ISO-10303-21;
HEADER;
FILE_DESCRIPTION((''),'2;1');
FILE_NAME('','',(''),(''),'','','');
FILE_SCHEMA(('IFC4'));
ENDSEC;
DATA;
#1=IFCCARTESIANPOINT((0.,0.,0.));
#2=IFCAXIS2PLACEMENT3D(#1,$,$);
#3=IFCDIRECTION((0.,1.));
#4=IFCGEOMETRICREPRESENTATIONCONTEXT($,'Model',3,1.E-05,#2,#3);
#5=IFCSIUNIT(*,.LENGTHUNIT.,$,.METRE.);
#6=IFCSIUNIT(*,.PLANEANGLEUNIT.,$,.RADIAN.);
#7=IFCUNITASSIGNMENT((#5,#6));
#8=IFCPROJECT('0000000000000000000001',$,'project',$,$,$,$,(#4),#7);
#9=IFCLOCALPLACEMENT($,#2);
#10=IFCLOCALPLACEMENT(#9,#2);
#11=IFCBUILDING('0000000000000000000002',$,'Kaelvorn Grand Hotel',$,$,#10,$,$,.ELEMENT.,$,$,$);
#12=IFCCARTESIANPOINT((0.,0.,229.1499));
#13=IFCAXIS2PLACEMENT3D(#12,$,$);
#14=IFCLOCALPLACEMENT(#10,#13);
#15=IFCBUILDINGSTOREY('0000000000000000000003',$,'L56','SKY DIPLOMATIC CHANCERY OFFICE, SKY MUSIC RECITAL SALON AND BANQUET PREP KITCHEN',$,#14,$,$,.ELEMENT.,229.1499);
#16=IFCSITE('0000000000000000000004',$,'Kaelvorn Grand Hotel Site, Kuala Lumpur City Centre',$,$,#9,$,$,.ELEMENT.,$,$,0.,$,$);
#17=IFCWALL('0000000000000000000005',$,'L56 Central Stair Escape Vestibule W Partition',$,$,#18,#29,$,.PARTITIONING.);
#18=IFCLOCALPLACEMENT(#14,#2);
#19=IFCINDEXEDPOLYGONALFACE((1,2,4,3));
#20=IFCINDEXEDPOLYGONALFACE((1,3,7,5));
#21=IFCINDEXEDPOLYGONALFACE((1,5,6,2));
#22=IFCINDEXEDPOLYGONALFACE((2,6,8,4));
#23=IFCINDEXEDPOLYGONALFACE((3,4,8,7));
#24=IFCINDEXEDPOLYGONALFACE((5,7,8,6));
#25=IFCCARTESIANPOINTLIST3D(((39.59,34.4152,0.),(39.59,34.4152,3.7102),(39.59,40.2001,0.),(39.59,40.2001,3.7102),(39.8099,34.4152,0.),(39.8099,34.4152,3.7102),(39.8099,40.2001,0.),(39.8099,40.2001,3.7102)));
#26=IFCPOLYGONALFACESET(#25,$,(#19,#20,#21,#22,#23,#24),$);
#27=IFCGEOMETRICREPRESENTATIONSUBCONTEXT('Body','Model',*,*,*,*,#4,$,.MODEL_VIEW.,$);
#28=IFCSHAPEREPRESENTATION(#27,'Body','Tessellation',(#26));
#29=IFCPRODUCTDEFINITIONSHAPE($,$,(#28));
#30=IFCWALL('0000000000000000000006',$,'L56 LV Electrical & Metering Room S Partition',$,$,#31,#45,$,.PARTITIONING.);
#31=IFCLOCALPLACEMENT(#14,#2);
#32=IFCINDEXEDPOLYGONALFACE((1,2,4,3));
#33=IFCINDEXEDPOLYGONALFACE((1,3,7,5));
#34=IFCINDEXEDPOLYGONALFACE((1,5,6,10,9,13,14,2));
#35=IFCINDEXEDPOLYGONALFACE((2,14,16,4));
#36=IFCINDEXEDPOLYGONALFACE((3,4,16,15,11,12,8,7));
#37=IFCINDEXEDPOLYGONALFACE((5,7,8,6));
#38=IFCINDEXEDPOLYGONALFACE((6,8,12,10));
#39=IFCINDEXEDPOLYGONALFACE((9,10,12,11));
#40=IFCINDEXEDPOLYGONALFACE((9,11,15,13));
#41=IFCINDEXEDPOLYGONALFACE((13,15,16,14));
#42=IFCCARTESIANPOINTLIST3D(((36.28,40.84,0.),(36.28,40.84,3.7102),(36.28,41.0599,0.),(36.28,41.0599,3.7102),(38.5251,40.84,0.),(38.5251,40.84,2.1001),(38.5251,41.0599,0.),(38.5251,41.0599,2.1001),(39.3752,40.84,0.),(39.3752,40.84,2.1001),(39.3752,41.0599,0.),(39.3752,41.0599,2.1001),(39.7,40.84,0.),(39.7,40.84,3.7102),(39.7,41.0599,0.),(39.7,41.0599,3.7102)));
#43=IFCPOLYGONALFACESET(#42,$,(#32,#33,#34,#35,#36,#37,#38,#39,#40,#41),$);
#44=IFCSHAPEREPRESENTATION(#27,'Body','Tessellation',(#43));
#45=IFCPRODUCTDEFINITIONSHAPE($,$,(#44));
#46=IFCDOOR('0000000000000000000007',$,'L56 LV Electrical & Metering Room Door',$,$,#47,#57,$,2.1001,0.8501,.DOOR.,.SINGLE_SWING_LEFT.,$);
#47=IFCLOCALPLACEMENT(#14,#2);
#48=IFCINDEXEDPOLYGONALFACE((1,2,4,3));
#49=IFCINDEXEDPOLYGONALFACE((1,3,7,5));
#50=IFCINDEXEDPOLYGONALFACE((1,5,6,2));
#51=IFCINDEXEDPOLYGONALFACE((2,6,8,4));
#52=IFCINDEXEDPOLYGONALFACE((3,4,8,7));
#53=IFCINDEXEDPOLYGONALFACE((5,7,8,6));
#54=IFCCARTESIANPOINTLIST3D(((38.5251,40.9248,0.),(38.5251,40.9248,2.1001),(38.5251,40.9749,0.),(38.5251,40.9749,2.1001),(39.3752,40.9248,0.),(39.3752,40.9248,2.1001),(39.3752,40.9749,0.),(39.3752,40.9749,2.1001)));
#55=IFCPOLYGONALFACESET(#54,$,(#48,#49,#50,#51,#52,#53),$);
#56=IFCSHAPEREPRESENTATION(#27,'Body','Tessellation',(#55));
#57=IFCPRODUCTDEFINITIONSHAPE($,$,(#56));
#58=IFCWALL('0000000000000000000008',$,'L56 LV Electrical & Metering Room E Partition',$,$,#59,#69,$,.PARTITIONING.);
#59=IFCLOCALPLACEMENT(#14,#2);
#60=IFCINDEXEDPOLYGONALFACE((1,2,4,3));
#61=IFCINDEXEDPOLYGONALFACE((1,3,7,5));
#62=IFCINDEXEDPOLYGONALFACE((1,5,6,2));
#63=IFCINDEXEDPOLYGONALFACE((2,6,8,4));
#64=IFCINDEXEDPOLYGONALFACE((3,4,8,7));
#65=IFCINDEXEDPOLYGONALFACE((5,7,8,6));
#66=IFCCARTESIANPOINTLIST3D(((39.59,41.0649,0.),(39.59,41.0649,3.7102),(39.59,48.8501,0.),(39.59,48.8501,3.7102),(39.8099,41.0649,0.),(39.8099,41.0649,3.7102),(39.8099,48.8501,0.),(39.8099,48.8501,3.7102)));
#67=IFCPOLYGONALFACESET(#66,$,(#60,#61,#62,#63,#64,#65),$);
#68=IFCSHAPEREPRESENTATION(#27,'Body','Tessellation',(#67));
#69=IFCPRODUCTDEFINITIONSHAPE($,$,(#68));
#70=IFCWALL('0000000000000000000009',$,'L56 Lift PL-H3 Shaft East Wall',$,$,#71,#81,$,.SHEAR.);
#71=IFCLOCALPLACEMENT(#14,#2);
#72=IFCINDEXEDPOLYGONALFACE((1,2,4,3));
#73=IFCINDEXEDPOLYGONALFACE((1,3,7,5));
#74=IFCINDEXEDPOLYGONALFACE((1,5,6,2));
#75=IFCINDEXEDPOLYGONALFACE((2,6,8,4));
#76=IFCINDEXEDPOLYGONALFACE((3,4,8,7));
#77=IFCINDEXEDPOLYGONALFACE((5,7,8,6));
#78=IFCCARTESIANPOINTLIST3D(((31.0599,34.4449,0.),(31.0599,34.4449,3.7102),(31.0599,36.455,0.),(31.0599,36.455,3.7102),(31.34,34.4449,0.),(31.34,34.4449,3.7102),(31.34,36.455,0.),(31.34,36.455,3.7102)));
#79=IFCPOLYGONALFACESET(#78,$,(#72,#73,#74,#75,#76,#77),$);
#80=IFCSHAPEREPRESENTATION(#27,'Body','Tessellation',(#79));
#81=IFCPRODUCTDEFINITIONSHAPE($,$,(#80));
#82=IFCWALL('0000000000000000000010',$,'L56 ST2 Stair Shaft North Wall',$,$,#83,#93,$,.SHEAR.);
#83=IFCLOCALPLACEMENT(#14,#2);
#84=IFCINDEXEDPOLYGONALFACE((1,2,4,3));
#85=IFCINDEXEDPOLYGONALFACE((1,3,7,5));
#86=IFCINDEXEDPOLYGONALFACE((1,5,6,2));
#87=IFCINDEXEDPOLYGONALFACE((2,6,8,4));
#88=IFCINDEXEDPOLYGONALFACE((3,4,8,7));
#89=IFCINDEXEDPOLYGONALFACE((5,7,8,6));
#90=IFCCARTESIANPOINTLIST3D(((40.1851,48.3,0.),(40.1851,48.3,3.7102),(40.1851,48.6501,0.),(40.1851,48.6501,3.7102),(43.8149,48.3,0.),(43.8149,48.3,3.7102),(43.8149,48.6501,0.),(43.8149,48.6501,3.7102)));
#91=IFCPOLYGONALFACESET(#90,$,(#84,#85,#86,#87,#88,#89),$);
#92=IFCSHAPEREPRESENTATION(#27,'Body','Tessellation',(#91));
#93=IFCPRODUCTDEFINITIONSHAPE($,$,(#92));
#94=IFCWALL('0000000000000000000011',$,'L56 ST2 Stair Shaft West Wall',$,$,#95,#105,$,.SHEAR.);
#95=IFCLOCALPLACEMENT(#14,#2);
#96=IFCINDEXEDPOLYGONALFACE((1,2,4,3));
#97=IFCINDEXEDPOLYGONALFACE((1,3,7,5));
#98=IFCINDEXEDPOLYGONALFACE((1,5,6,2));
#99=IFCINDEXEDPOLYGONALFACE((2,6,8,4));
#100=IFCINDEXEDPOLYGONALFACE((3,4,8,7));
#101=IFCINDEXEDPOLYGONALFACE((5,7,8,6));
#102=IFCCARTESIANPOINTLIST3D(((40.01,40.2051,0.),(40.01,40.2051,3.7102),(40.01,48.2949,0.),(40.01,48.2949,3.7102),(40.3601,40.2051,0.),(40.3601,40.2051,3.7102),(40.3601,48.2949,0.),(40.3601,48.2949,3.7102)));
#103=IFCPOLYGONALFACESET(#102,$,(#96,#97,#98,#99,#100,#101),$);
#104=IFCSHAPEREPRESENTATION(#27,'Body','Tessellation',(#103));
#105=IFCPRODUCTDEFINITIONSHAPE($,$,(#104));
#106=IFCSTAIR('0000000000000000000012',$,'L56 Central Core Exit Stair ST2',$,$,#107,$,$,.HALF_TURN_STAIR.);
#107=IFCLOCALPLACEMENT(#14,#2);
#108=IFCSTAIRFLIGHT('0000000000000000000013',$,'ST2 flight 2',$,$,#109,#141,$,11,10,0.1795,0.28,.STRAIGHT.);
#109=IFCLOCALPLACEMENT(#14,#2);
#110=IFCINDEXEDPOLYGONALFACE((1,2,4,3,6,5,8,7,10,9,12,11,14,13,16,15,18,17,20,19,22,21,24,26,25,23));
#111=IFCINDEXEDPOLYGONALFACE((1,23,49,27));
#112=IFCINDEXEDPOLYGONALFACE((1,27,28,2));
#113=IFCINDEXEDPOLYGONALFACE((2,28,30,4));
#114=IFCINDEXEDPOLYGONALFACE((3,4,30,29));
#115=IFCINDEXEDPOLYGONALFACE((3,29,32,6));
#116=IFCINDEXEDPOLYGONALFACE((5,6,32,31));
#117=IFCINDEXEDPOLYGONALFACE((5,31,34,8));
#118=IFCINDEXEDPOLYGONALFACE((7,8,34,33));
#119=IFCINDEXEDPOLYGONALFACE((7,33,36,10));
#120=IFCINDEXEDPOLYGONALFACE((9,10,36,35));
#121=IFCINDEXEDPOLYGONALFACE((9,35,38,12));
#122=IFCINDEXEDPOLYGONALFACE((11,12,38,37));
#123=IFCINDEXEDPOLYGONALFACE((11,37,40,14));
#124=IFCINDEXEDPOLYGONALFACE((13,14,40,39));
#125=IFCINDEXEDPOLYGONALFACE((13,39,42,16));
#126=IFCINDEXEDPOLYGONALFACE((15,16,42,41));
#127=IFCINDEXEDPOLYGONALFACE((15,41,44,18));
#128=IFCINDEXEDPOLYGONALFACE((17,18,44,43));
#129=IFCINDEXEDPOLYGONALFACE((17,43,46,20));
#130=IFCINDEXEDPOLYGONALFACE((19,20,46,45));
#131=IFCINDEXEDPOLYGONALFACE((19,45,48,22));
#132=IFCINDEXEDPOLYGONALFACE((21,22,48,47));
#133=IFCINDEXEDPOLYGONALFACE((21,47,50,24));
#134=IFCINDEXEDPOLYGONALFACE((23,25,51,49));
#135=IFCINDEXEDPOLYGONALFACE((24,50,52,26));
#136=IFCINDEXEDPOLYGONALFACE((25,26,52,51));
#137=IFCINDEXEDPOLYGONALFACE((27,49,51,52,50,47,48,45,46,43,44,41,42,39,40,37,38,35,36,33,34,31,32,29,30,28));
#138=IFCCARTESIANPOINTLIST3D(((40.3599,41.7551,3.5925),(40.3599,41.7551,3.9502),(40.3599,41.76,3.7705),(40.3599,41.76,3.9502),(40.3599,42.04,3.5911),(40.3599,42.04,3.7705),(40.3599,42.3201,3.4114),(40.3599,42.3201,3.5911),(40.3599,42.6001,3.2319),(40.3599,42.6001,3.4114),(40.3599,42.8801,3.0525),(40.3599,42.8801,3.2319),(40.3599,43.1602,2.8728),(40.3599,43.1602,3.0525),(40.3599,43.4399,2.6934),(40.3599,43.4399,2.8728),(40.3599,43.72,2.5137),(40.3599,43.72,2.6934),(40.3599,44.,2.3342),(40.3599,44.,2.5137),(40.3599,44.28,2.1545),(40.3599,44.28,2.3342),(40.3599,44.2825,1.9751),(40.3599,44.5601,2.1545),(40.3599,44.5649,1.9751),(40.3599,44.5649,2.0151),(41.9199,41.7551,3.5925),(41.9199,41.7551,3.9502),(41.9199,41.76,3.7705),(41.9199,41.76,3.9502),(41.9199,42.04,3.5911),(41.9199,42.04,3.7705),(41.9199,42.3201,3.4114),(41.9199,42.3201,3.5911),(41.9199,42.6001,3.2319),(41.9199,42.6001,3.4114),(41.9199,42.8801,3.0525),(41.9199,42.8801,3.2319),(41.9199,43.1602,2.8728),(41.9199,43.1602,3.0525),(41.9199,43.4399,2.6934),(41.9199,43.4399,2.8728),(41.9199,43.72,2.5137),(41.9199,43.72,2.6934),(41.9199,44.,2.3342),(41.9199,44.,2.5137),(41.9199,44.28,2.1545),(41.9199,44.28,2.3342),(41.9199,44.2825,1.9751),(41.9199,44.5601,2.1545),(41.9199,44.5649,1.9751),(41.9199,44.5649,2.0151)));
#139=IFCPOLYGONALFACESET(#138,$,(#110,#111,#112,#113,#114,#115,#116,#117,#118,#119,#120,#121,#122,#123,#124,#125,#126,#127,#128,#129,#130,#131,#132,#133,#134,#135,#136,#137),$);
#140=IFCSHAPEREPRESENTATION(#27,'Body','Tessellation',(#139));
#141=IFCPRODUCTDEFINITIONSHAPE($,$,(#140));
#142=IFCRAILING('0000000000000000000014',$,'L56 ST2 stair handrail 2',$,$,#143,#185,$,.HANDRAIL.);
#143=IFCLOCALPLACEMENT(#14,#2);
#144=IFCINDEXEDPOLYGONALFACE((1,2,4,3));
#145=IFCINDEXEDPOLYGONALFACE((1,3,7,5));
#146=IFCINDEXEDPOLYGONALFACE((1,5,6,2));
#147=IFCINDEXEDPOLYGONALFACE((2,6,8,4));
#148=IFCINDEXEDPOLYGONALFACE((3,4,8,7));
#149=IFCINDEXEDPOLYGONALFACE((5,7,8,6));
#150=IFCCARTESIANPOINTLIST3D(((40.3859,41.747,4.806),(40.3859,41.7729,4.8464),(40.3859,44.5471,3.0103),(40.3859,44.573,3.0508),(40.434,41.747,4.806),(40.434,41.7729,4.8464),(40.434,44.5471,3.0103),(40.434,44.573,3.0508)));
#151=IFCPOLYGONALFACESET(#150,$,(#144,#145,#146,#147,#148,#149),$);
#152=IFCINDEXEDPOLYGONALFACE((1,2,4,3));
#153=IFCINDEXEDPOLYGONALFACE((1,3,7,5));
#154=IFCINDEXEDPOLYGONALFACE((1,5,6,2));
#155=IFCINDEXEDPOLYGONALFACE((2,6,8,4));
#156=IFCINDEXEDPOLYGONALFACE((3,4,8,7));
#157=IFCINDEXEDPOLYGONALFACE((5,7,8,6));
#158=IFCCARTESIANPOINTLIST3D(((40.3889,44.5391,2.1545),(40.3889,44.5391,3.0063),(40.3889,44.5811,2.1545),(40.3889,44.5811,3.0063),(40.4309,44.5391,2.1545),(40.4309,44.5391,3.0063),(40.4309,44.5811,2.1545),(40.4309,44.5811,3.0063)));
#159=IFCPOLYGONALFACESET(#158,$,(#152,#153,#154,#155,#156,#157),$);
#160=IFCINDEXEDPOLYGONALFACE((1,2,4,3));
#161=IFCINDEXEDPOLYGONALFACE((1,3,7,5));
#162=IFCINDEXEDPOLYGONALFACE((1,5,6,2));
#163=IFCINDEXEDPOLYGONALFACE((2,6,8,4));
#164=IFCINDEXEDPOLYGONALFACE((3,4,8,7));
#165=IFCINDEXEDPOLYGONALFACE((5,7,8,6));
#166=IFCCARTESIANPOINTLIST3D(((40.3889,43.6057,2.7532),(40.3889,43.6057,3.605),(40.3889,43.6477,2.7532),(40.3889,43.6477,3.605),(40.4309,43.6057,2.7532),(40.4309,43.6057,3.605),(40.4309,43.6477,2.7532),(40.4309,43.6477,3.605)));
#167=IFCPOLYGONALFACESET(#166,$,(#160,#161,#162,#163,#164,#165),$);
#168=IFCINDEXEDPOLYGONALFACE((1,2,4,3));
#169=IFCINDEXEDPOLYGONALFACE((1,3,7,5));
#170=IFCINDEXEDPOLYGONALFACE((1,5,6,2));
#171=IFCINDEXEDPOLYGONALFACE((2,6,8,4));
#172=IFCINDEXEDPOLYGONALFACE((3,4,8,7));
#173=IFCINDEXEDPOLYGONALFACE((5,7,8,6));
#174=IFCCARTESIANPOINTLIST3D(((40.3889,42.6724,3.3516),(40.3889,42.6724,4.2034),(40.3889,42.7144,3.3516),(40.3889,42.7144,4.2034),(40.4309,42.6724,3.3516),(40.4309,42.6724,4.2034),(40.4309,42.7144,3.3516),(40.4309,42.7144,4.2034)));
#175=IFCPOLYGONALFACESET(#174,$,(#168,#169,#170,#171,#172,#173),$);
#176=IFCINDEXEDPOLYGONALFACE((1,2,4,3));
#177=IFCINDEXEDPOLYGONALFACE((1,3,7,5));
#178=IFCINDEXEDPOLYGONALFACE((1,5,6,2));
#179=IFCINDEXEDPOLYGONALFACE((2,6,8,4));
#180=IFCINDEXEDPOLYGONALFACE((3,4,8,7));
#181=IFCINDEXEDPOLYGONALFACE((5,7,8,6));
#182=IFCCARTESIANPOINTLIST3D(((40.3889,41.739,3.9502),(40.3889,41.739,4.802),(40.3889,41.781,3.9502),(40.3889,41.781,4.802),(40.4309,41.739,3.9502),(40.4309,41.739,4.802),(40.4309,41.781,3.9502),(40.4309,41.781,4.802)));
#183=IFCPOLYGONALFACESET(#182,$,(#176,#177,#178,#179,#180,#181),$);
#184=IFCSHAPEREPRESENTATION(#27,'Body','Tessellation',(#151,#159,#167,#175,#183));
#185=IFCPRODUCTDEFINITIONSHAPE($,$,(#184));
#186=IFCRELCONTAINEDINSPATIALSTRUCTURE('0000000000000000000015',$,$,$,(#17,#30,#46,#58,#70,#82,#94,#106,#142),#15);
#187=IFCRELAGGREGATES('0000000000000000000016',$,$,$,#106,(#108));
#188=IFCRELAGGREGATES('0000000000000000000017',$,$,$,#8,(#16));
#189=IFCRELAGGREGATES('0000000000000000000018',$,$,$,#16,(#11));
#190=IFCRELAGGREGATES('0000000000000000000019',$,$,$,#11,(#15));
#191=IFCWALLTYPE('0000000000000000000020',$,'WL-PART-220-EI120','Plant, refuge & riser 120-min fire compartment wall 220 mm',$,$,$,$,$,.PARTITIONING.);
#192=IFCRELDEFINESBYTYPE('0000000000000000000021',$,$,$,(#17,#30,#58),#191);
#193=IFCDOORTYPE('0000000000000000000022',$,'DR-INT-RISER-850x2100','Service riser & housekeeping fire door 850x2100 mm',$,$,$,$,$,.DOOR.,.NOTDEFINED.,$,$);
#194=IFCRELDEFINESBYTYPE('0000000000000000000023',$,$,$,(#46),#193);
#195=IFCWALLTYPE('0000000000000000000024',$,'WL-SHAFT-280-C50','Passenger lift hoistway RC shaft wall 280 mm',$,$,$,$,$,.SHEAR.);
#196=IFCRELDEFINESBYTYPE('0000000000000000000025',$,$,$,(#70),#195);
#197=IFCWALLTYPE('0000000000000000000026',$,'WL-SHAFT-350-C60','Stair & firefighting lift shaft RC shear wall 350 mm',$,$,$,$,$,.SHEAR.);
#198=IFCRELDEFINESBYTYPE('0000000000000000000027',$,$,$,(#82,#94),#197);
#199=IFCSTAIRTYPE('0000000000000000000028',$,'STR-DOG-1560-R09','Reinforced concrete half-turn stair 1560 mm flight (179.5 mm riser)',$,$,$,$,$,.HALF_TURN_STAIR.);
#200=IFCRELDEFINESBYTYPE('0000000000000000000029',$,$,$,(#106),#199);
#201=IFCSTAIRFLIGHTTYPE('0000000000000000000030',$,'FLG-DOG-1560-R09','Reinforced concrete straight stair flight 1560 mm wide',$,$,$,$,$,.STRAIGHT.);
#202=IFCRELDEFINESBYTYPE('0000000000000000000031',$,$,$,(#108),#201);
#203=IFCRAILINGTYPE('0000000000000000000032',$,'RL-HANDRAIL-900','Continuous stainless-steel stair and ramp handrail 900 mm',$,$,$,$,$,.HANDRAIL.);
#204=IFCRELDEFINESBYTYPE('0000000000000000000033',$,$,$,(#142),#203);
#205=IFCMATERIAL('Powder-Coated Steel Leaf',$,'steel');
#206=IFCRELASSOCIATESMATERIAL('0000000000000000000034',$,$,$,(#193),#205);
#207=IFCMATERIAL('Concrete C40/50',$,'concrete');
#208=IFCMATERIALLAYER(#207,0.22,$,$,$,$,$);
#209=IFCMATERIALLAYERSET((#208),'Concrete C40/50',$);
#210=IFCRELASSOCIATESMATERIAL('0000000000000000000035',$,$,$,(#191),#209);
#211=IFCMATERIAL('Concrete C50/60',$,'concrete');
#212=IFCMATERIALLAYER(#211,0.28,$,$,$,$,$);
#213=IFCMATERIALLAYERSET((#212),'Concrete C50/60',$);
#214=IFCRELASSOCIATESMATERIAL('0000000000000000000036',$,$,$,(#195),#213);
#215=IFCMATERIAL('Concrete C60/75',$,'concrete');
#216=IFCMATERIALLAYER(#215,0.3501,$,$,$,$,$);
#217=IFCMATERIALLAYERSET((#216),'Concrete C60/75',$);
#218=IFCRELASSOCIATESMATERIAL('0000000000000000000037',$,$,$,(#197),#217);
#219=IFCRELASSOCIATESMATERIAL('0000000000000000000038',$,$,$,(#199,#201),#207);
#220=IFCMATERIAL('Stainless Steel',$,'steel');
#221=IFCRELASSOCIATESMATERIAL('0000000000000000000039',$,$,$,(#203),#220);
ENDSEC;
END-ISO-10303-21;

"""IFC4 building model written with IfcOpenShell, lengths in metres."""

from ifc_helpers import new_model, si_unit, direction, frame, frame_2d, origin, origin_2d, place, context, subcontext, project, spatial, polyline, rectangle, outline, extrude, material, layer, layer_set, type_object, element, fill, aggregate, save


model = new_model("IFC4")

# Units and contexts
model_context = context("Model", 3, precision=1e-05, world=origin(), true_north=direction((0.0, 1.0)))
body_context = subcontext(model_context, "Body", "Model", "MODEL_VIEW")
ifc_project = project(units=[si_unit("LENGTHUNIT", "METRE"), si_unit("PLANEANGLEUNIT", "RADIAN")], contexts=[model_context])

# Site, building, storey
site_placement = place(None, origin())
site = spatial("IfcSite", under=ifc_project, at=site_placement, Name="Kaelvorn Grand Hotel Site, Kuala Lumpur City Centre", CompositionType="ELEMENT", RefElevation=0.0)
building_placement = place(site_placement, origin())
building = spatial("IfcBuilding", under=site, at=building_placement, Name="Kaelvorn Grand Hotel", CompositionType="ELEMENT")
storey_placement = place(building_placement, frame((0.0, 0.0, 229.1499)))
storey = spatial("IfcBuildingStorey", under=building, at=storey_placement, Name="L56", Description="SKY DIPLOMATIC CHANCERY OFFICE, SKY MUSIC RECITAL SALON AND BANQUET PREP KITCHEN", CompositionType="ELEMENT", Elevation=229.1499)

# Shared definitions
ifc_material_1 = material(Name="Concrete C50/60", Category="concrete")

# Shared definitions
ifc_material_2 = material(Name="Concrete C60/75", Category="concrete")

# Shared definitions
ifc_material_3 = material(Name="Powder-Coated Steel Leaf", Category="steel")
door_type_1 = type_object("IfcDoorType", Name="DR-INT-RISER-850x2100", Description="Service riser & housekeeping fire door 850x2100 mm", OperationType="NOTDEFINED", PredefinedType="DOOR", material=ifc_material_3)

# Shared definitions
ifc_material_4 = material(Name="Concrete C40/50", Category="concrete")
ifc_layer_1 = layer(ifc_material_4, 0.22)
ifc_layer_set_1 = layer_set([ifc_layer_1], Name="Concrete C40/50")
wall_type_1 = type_object("IfcWallType", Name="WL-PART-220-EI120", Description="Plant, refuge & riser 120-min fire compartment wall 220 mm", PredefinedType="PARTITIONING", material=ifc_layer_set_1)

# Wall
wall_1_placement = place(storey_placement, frame((39.7, 34.415, 0.0), z_axis=(0.0, 0.0, 1.0), x_axis=(0.0, 1.0, 0.0)))
element("IfcWall", 1, at=wall_1_placement, inside=storey, type_object=wall_type_1, Name="L56 Central Stair Escape Vestibule W Partition", PredefinedType="PARTITIONING", context=body_context, shape_type="SweptSolid", body=[
    extrude(rectangle(XDim=5.7849, YDim=0.22, at=frame_2d((2.8926, 0.0))), origin(), (0.0, 0.0, 1.0), 3.7102),
])

# Wall, opening, door
wall_2_placement = place(storey_placement, frame((36.28, 40.95, 0.0), z_axis=(0.0, 0.0, 1.0), x_axis=(1.0, 0.0, 0.0)))
wall_2 = element("IfcWall", 2, at=wall_2_placement, inside=storey, type_object=wall_type_1, Name="L56 LV Electrical & Metering Room S Partition", PredefinedType="PARTITIONING", context=body_context, shape_type="SweptSolid", body=[
    extrude(rectangle(XDim=3.4199, YDim=0.22, at=frame_2d((1.71, 0.0))), origin(), (0.0, 0.0, 1.0), 3.7102),
])
opening_1_placement = place(wall_2_placement, frame((2.2451, 0.0, 0.0)))
opening_1 = element("IfcOpeningElement", 3, at=opening_1_placement, cuts=wall_2, PredefinedType="OPENING", context=body_context, shape_type="SweptSolid", body=[
    extrude(rectangle(XDim=0.8501, YDim=2.1001, at=frame_2d((0.425, 1.05))), frame((0.0, 0.1201, 0.0), z_axis=(0.0, -1.0, 0.0), x_axis=(1.0, 0.0, 0.0)), (0.0, 0.0, 1.0), 0.24),
])
door_1_placement = place(opening_1_placement, origin())
door_1 = element("IfcDoor", 4, at=door_1_placement, inside=storey, type_object=door_type_1, Name="L56 LV Electrical & Metering Room Door", OperationType="SINGLE_SWING_LEFT", OverallHeight=2.1001, OverallWidth=0.8501, PredefinedType="DOOR", context=body_context, shape_type="SweptSolid", body=[
    extrude(rectangle(XDim=0.8501, YDim=2.1001, at=frame_2d((0.425, 1.05))), frame((0.0, 0.0249, 0.0), z_axis=(0.0, -1.0, 0.0), x_axis=(1.0, 0.0, 0.0)), (0.0, 0.0, 1.0), 0.05),
])
fill(opening_1, door_1)

# Walls
wall_3_placement = place(storey_placement, frame((39.7, 41.0649, 0.0), z_axis=(0.0, 0.0, 1.0), x_axis=(0.0, 1.0, 0.0)))
element("IfcWall", 5, at=wall_3_placement, inside=storey, type_object=wall_type_1, Name="L56 LV Electrical & Metering Room E Partition", PredefinedType="PARTITIONING", context=body_context, shape_type="SweptSolid", body=[
    extrude(rectangle(XDim=7.7852, YDim=0.22, at=frame_2d((3.8926, 0.0))), origin(), (0.0, 0.0, 1.0), 3.7102),
])
ifc_layer_2 = layer(ifc_material_1, 0.28)
ifc_layer_set_2 = layer_set([ifc_layer_2], Name="Concrete C50/60")
wall_type_2 = type_object("IfcWallType", Name="WL-SHAFT-280-C50", Description="Passenger lift hoistway RC shaft wall 280 mm", PredefinedType="SHEAR", material=ifc_layer_set_2)
wall_4_placement = place(storey_placement, frame((31.2, 34.4451, 0.0), z_axis=(0.0, 0.0, 1.0), x_axis=(0.0, 1.0, 0.0)))
element("IfcWall", 6, at=wall_4_placement, inside=storey, type_object=wall_type_2, Name="L56 Lift PL-H3 Shaft East Wall", PredefinedType="SHEAR", context=body_context, shape_type="SweptSolid", body=[
    extrude(rectangle(XDim=2.01, YDim=0.28, at=frame_2d((1.0049, 0.0))), origin(), (0.0, 0.0, 1.0), 3.7102),
])

# Shared definitions
ifc_layer_3 = layer(ifc_material_2, 0.3501)
ifc_layer_set_3 = layer_set([ifc_layer_3], Name="Concrete C60/75")
wall_type_3 = type_object("IfcWallType", Name="WL-SHAFT-350-C60", Description="Stair & firefighting lift shaft RC shear wall 350 mm", PredefinedType="SHEAR", material=ifc_layer_set_3)

# Walls
wall_5_placement = place(storey_placement, frame((40.1851, 48.4751, 0.0), z_axis=(0.0, 0.0, 1.0), x_axis=(1.0, 0.0, 0.0)))
element("IfcWall", 7, at=wall_5_placement, inside=storey, type_object=wall_type_3, Name="L56 ST2 Stair Shaft North Wall", PredefinedType="SHEAR", context=body_context, shape_type="SweptSolid", body=[
    extrude(rectangle(XDim=3.6299, YDim=0.3501, at=frame_2d((1.8149, 0.0))), origin(), (0.0, 0.0, 1.0), 3.7102),
])
wall_6_placement = place(storey_placement, frame((40.1851, 40.2051, 0.0), z_axis=(0.0, 0.0, 1.0), x_axis=(0.0, 1.0, 0.0)))
element("IfcWall", 8, at=wall_6_placement, inside=storey, type_object=wall_type_3, Name="L56 ST2 Stair Shaft West Wall", PredefinedType="SHEAR", context=body_context, shape_type="SweptSolid", body=[
    extrude(rectangle(XDim=8.0898, YDim=0.3501, at=frame_2d((4.0449, 0.0))), origin(), (0.0, 0.0, 1.0), 3.7102),
])

# Stair, stair flight
stair_type = type_object("IfcStairType", Name="STR-DOG-1560-R09", Description="Reinforced concrete half-turn stair 1560 mm flight (179.5 mm riser)", PredefinedType="HALF_TURN_STAIR", material=ifc_material_4)
stair_placement = place(storey_placement, origin())
stair = element("IfcStair", 9, at=stair_placement, inside=storey, type_object=stair_type, Name="L56 Central Core Exit Stair ST2", PredefinedType="HALF_TURN_STAIR")
stair_flight_type = type_object("IfcStairFlightType", Name="FLG-DOG-1560-R09", Description="Reinforced concrete straight stair flight 1560 mm wide", PredefinedType="STRAIGHT", material=ifc_material_4)
stair_flight_placement = place(storey_placement, frame((41.1399, 44.5601, 1.9751), z_axis=(0.0, 0.0, 1.0), x_axis=(0.0, -1.0, 0.0)))
stair_flight = element("IfcStairFlight", 10, at=stair_flight_placement, type_object=stair_flight_type, Name="ST2 flight 2", NumberOfRisers=11, NumberOfTreads=10, PredefinedType="STRAIGHT", RiserHeight=0.1795, TreadLength=0.28, context=body_context, shape_type="SweptSolid", body=[
    extrude(outline(polyline([(-0.0049, 0.0), (-0.0049, 0.04), (0.0, 0.1794), (0.28, 0.1794), (0.28, 0.3591), (0.5601, 0.3591), (0.5601, 0.5386), (0.8401, 0.5386), (0.8401, 0.7183), (1.1201, 0.7183), (1.1201, 0.8977), (1.3999, 0.8977), (1.3999, 1.0774), (1.6799, 1.0774), (1.6799, 1.2568), (1.96, 1.2568), (1.96, 1.4363), (2.24, 1.4363), (2.24, 1.616), (2.52, 1.616), (2.52, 1.7954), (2.8, 1.7954), (2.8, 1.9751), (2.8049, 1.9751), (2.8049, 1.6174), (0.2776, 0.0), (-0.0049, 0.0)])), frame((0.0, 0.78, 0.0), z_axis=(0.0, -1.0, 0.0), x_axis=(1.0, 0.0, 0.0)), (0.0, 0.0, 1.0), 1.5601),
])
aggregate(stair, [stair_flight])

# Railing
ifc_material_5 = material(Name="Stainless Steel", Category="steel")
railing_type_1 = type_object("IfcRailingType", Name="RL-HANDRAIL-900", Description="Continuous stainless-steel stair and ramp handrail 900 mm", PredefinedType="HANDRAIL", material=ifc_material_5)
railing_1_placement = place(storey_placement, frame((40.4099, 44.5601, 2.1545)))
element("IfcRailing", 11, at=railing_1_placement, inside=storey, type_object=railing_type_1, Name="L56 ST2 stair handrail 2", PredefinedType="HANDRAIL", context=body_context, shape_type="SweptSolid", body=[
    extrude(rectangle(XDim=0.0481, YDim=0.0481, at=origin_2d()), frame((0.0, 0.0, 0.876), z_axis=(0.0, -0.841777, 0.539826), x_axis=(1.0, 0.0, 0.0)), (0.0, 0.0, 1.0), 3.3264),
    extrude(rectangle(XDim=0.042, YDim=0.042, at=origin_2d()), origin(), (0.0, 0.0, 1.0), 0.8518),
    extrude(rectangle(XDim=0.042, YDim=0.042, at=origin_2d()), frame((0.0, -0.9333, 0.5986)), (0.0, 0.0, 1.0), 0.8518),
    extrude(rectangle(XDim=0.042, YDim=0.042, at=origin_2d()), frame((0.0, -1.8667, 1.197)), (0.0, 0.0, 1.0), 0.8518),
    extrude(rectangle(XDim=0.042, YDim=0.042, at=origin_2d()), frame((0.0, -2.8, 1.7957)), (0.0, 0.0, 1.0), 0.8518),
])

save(model, "model.ifc")
